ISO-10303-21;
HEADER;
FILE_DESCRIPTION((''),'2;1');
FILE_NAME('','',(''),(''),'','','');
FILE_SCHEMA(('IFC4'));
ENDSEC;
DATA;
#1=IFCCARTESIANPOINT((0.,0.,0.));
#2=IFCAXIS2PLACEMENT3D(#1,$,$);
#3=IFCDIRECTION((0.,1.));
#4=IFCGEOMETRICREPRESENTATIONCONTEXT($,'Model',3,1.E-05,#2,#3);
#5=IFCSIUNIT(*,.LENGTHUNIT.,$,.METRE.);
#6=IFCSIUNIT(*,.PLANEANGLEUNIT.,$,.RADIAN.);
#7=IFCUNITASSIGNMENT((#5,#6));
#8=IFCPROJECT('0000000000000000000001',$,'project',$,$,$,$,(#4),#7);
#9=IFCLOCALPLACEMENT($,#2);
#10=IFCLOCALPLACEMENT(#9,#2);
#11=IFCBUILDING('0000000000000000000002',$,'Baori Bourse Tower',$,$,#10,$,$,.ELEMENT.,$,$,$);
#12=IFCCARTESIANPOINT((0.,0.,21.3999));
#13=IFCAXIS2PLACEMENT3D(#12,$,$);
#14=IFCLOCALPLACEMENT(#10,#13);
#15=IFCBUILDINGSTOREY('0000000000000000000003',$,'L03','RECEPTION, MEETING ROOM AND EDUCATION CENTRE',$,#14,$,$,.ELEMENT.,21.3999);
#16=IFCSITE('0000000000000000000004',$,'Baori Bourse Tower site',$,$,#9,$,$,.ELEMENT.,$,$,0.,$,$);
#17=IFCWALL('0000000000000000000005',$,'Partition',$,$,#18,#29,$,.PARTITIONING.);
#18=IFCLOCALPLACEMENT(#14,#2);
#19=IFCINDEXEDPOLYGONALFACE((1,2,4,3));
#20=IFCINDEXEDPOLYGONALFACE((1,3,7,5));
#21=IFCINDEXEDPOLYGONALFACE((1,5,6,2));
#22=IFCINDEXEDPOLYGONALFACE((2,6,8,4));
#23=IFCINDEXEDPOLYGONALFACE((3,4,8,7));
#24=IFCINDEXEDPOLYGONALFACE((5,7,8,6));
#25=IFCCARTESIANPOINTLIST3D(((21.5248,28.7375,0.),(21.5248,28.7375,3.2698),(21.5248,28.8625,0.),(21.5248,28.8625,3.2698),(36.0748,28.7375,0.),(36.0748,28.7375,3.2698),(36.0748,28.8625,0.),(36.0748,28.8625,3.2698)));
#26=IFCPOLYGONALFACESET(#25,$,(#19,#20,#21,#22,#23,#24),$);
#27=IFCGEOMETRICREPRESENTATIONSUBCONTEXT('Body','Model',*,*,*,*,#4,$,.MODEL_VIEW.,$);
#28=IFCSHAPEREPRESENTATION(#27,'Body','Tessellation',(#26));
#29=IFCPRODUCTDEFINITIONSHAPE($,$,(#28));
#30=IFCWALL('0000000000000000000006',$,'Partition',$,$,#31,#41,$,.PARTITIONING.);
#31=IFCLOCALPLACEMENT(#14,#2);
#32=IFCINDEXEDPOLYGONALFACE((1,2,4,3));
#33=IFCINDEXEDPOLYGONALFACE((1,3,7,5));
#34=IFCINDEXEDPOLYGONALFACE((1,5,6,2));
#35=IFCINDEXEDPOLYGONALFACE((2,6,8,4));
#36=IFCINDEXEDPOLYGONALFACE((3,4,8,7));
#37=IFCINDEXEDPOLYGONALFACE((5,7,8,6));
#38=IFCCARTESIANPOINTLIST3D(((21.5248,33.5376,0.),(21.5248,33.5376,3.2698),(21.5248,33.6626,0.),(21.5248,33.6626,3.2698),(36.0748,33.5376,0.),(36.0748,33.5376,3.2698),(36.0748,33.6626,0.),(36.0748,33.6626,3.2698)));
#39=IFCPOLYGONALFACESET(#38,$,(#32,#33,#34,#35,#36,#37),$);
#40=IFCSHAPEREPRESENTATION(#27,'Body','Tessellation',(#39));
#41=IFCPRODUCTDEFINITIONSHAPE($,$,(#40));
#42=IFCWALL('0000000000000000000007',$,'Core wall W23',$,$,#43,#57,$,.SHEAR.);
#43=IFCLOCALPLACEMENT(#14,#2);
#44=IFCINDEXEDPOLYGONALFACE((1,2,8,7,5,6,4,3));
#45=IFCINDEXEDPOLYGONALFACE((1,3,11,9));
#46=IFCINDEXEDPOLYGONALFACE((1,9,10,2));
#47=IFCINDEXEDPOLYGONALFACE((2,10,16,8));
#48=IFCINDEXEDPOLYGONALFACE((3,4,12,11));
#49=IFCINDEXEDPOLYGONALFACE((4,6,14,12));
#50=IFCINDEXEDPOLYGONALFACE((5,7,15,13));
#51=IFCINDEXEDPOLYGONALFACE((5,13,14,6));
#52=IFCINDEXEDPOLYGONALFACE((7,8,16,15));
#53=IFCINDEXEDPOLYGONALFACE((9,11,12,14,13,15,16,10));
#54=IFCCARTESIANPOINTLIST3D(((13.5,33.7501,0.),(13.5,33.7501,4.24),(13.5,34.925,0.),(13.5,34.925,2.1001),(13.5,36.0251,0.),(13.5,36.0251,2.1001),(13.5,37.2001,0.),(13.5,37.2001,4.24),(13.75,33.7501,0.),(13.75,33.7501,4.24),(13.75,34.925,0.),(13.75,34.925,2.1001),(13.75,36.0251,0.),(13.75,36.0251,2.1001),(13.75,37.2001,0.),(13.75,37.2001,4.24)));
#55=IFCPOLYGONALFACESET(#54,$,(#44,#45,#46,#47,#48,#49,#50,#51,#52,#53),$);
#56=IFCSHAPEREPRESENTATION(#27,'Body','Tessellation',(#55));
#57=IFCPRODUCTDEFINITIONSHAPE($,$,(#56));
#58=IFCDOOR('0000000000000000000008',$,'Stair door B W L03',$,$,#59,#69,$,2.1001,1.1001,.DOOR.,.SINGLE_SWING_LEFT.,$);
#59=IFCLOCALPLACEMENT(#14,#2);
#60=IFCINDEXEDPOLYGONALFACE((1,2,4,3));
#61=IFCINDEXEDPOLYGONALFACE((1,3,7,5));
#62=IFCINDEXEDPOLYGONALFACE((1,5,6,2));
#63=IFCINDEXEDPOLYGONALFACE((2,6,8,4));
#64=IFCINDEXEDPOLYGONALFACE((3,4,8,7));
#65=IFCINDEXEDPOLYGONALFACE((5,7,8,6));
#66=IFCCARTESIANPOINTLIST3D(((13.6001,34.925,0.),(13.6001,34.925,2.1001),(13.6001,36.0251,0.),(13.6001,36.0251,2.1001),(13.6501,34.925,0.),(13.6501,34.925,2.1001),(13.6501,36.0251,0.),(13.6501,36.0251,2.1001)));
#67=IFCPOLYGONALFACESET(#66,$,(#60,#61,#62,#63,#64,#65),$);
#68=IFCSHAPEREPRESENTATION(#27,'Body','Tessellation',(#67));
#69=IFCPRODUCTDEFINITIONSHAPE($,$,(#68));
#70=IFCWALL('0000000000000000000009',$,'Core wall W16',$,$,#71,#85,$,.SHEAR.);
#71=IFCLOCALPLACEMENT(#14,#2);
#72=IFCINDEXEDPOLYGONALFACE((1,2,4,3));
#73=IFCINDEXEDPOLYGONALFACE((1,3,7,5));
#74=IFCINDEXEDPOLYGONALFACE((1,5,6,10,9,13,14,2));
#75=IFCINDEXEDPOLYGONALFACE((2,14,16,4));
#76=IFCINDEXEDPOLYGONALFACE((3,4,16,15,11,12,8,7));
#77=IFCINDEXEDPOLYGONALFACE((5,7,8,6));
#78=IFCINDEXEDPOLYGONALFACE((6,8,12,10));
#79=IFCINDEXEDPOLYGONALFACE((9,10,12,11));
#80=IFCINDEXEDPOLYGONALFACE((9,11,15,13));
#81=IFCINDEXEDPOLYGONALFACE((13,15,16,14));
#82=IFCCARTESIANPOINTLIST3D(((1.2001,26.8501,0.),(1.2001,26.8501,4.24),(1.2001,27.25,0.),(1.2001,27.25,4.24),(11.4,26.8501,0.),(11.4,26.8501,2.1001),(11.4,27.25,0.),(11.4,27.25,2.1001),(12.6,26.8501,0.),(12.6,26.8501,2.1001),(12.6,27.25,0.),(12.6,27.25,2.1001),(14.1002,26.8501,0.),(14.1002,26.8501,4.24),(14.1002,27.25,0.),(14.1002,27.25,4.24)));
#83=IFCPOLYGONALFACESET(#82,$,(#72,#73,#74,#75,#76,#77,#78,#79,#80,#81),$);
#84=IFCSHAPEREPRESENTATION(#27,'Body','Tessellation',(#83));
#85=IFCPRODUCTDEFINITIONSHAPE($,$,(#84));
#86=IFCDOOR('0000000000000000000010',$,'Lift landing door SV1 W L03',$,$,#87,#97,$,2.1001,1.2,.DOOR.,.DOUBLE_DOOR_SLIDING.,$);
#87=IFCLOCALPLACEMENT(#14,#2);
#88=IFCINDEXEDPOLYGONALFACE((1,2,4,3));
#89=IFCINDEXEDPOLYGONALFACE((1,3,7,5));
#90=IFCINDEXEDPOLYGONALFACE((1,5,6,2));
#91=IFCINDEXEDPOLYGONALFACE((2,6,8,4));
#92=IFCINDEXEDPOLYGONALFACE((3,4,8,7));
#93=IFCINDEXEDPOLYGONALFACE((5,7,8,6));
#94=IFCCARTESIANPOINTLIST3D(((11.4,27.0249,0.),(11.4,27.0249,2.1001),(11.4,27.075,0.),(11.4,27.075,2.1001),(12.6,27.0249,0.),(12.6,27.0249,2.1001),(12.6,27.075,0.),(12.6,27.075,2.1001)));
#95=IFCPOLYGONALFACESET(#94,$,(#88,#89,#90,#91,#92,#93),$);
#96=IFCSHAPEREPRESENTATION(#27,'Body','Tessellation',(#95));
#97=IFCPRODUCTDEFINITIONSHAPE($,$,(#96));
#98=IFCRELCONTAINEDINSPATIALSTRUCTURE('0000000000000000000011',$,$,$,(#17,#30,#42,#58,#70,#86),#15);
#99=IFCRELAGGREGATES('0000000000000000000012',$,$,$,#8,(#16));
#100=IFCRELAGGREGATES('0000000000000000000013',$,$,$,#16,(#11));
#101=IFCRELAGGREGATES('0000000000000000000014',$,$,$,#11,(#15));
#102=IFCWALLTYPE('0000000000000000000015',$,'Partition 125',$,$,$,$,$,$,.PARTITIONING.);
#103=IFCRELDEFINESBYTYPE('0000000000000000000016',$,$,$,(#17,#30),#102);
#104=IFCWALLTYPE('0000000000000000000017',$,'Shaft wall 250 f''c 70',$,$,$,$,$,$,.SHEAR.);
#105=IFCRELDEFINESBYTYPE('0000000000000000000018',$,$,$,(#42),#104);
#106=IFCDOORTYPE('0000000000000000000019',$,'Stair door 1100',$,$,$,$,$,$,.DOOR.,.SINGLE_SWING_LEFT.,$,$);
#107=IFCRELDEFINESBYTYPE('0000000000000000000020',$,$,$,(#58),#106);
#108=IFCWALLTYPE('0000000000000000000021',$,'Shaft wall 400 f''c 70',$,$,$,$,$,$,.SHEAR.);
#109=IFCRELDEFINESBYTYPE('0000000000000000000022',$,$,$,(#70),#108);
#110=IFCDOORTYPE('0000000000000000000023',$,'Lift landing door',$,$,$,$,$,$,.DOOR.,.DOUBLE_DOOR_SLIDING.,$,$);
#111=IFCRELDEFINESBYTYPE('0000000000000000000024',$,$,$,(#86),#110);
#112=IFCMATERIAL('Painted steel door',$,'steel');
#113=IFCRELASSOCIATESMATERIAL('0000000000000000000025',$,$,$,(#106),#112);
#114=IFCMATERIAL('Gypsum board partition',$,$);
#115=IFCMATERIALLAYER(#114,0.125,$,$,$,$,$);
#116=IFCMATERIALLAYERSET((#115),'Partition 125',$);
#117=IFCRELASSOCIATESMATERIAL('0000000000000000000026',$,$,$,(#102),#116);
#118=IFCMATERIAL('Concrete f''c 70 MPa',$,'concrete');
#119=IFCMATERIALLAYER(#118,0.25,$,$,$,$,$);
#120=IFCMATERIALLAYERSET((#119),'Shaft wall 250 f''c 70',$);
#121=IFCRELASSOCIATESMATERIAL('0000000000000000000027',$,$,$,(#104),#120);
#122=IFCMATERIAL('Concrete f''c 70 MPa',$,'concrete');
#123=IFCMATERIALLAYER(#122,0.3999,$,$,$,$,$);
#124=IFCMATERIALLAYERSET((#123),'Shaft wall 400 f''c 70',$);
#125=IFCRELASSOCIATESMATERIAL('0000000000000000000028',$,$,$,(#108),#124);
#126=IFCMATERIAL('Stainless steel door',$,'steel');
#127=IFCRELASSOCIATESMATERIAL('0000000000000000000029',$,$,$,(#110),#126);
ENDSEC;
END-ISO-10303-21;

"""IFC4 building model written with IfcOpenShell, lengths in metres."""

from ifc_helpers import new_model, si_unit, direction, frame, frame_2d, origin, place, context, subcontext, project, spatial, rectangle, extrude, material, layer, layer_set, type_object, element, fill, save


model = new_model("IFC4")

# Units and contexts
model_context = context("Model", 3, precision=1e-05, world=origin(), true_north=direction((0.0, 1.0)))
body_context = subcontext(model_context, "Body", "Model", "MODEL_VIEW")
ifc_project = project(units=[si_unit("LENGTHUNIT", "METRE"), si_unit("PLANEANGLEUNIT", "RADIAN")], contexts=[model_context])

# Site, building, storey
site_placement = place(None, origin())
site = spatial("IfcSite", under=ifc_project, at=site_placement, Name="Baori Bourse Tower site", CompositionType="ELEMENT", RefElevation=0.0)
building_placement = place(site_placement, origin())
building = spatial("IfcBuilding", under=site, at=building_placement, Name="Baori Bourse Tower", CompositionType="ELEMENT")
storey_placement = place(building_placement, frame((0.0, 0.0, 21.3999)))
storey = spatial("IfcBuildingStorey", under=building, at=storey_placement, Name="L03", Description="RECEPTION, MEETING ROOM AND EDUCATION CENTRE", CompositionType="ELEMENT", Elevation=21.3999)

# Shared definitions
ifc_material_1 = material(Name="Painted steel door", Category="steel")
door_type_1 = type_object("IfcDoorType", Name="Stair door 1100", OperationType="SINGLE_SWING_LEFT", PredefinedType="DOOR", material=ifc_material_1)

# Walls
ifc_material_2 = material(Name="Gypsum board partition")
ifc_layer_1 = layer(ifc_material_2, 0.125)
ifc_layer_set_1 = layer_set([ifc_layer_1], Name="Partition 125")
wall_type_1 = type_object("IfcWallType", Name="Partition 125", PredefinedType="PARTITIONING", material=ifc_layer_set_1)
for number, where, z_axis, x_axis, name in (
    (1, (21.5249, 28.8, 0.0), (0.0, 0.0, 1.0), (1.0, 0.0, 0.0), "Partition"),
    (2, (21.5249, 33.6001, 0.0), (0.0, 0.0, 1.0), (1.0, 0.0, 0.0), "Partition"),
):
    element("IfcWall", number, at=place(storey_placement, frame(where, z_axis=z_axis, x_axis=x_axis)), inside=storey, type_object=wall_type_1, Name=name, PredefinedType="PARTITIONING", context=body_context, shape_type="SweptSolid", body=[
        extrude(rectangle(XDim=14.55, YDim=0.125, at=frame_2d((7.2749, 0.0))), origin(), (0.0, 0.0, 1.0), 3.2698),
    ])

# Walls, openings, doors
ifc_material_3 = material(Name="Concrete f'c 70 MPa", Category="concrete")
ifc_layer_2 = layer(ifc_material_3, 0.25)
ifc_layer_set_2 = layer_set([ifc_layer_2], Name="Shaft wall 250 f'c 70")
wall_type_2 = type_object("IfcWallType", Name="Shaft wall 250 f'c 70", PredefinedType="SHEAR", material=ifc_layer_set_2)
wall_1_placement = place(storey_placement, frame((13.625, 33.75, 0.0), z_axis=(0.0, 0.0, 1.0), x_axis=(0.0, 1.0, 0.0)))
wall_1 = element("IfcWall", 3, at=wall_1_placement, inside=storey, type_object=wall_type_2, Name="Core wall W23", PredefinedType="SHEAR", context=body_context, shape_type="SweptSolid", body=[
    extrude(rectangle(XDim=3.45, YDim=0.25, at=frame_2d((1.7251, 0.0))), origin(), (0.0, 0.0, 1.0), 4.24),
])
opening_1_placement = place(wall_1_placement, frame((1.175, 0.0, 0.0)))
opening_1 = element("IfcOpeningElement", 4, at=opening_1_placement, cuts=wall_1, PredefinedType="OPENING", context=body_context, shape_type="SweptSolid", body=[
    extrude(rectangle(XDim=1.1001, YDim=2.1001, at=frame_2d((0.55, 1.05))), frame((0.0, 0.135, 0.0), z_axis=(0.0, -1.0, 0.0), x_axis=(1.0, 0.0, 0.0)), (0.0, 0.0, 1.0), 0.27),
])
door_1_placement = place(opening_1_placement, origin())
door_1 = element("IfcDoor", 5, at=door_1_placement, inside=storey, type_object=door_type_1, Name="Stair door B W L03", OperationType="SINGLE_SWING_LEFT", OverallHeight=2.1001, OverallWidth=1.1001, PredefinedType="DOOR", context=body_context, shape_type="SweptSolid", body=[
    extrude(rectangle(XDim=1.1001, YDim=2.1001, at=frame_2d((0.55, 1.05))), frame((0.0, 0.0249, 0.0), z_axis=(0.0, -1.0, 0.0), x_axis=(1.0, 0.0, 0.0)), (0.0, 0.0, 1.0), 0.05),
])
fill(opening_1, door_1)
ifc_material_4 = material(Name="Concrete f'c 70 MPa", Category="concrete")
ifc_layer_3 = layer(ifc_material_4, 0.3999)
ifc_layer_set_3 = layer_set([ifc_layer_3], Name="Shaft wall 400 f'c 70")
wall_type_3 = type_object("IfcWallType", Name="Shaft wall 400 f'c 70", PredefinedType="SHEAR", material=ifc_layer_set_3)
wall_2_placement = place(storey_placement, frame((1.2, 27.05, 0.0), z_axis=(0.0, 0.0, 1.0), x_axis=(1.0, 0.0, 0.0)))
wall_2 = element("IfcWall", 6, at=wall_2_placement, inside=storey, type_object=wall_type_3, Name="Core wall W16", PredefinedType="SHEAR", context=body_context, shape_type="SweptSolid", body=[
    extrude(rectangle(XDim=12.9001, YDim=0.3999, at=frame_2d((6.4502, 0.0))), origin(), (0.0, 0.0, 1.0), 4.24),
])
opening_2_placement = place(wall_2_placement, frame((10.2, 0.0, 0.0)))
opening_2 = element("IfcOpeningElement", 7, at=opening_2_placement, cuts=wall_2, PredefinedType="OPENING", context=body_context, shape_type="SweptSolid", body=[
    extrude(rectangle(XDim=1.2, YDim=2.1001, at=frame_2d((0.6001, 1.05))), frame((0.0, 0.21, 0.0), z_axis=(0.0, -1.0, 0.0), x_axis=(1.0, 0.0, 0.0)), (0.0, 0.0, 1.0), 0.4199),
])
ifc_material_5 = material(Name="Stainless steel door", Category="steel")
door_type_2 = type_object("IfcDoorType", Name="Lift landing door", OperationType="DOUBLE_DOOR_SLIDING", PredefinedType="DOOR", material=ifc_material_5)
door_2_placement = place(opening_2_placement, origin())
door_2 = element("IfcDoor", 8, at=door_2_placement, inside=storey, type_object=door_type_2, Name="Lift landing door SV1 W L03", OperationType="DOUBLE_DOOR_SLIDING", OverallHeight=2.1001, OverallWidth=1.2, PredefinedType="DOOR", context=body_context, shape_type="SweptSolid", body=[
    extrude(rectangle(XDim=1.2, YDim=2.1001, at=frame_2d((0.6001, 1.05))), frame((0.0, 0.0249, 0.0), z_axis=(0.0, -1.0, 0.0), x_axis=(1.0, 0.0, 0.0)), (0.0, 0.0, 1.0), 0.05),
])
fill(opening_2, door_2)

save(model, "model.ifc")
